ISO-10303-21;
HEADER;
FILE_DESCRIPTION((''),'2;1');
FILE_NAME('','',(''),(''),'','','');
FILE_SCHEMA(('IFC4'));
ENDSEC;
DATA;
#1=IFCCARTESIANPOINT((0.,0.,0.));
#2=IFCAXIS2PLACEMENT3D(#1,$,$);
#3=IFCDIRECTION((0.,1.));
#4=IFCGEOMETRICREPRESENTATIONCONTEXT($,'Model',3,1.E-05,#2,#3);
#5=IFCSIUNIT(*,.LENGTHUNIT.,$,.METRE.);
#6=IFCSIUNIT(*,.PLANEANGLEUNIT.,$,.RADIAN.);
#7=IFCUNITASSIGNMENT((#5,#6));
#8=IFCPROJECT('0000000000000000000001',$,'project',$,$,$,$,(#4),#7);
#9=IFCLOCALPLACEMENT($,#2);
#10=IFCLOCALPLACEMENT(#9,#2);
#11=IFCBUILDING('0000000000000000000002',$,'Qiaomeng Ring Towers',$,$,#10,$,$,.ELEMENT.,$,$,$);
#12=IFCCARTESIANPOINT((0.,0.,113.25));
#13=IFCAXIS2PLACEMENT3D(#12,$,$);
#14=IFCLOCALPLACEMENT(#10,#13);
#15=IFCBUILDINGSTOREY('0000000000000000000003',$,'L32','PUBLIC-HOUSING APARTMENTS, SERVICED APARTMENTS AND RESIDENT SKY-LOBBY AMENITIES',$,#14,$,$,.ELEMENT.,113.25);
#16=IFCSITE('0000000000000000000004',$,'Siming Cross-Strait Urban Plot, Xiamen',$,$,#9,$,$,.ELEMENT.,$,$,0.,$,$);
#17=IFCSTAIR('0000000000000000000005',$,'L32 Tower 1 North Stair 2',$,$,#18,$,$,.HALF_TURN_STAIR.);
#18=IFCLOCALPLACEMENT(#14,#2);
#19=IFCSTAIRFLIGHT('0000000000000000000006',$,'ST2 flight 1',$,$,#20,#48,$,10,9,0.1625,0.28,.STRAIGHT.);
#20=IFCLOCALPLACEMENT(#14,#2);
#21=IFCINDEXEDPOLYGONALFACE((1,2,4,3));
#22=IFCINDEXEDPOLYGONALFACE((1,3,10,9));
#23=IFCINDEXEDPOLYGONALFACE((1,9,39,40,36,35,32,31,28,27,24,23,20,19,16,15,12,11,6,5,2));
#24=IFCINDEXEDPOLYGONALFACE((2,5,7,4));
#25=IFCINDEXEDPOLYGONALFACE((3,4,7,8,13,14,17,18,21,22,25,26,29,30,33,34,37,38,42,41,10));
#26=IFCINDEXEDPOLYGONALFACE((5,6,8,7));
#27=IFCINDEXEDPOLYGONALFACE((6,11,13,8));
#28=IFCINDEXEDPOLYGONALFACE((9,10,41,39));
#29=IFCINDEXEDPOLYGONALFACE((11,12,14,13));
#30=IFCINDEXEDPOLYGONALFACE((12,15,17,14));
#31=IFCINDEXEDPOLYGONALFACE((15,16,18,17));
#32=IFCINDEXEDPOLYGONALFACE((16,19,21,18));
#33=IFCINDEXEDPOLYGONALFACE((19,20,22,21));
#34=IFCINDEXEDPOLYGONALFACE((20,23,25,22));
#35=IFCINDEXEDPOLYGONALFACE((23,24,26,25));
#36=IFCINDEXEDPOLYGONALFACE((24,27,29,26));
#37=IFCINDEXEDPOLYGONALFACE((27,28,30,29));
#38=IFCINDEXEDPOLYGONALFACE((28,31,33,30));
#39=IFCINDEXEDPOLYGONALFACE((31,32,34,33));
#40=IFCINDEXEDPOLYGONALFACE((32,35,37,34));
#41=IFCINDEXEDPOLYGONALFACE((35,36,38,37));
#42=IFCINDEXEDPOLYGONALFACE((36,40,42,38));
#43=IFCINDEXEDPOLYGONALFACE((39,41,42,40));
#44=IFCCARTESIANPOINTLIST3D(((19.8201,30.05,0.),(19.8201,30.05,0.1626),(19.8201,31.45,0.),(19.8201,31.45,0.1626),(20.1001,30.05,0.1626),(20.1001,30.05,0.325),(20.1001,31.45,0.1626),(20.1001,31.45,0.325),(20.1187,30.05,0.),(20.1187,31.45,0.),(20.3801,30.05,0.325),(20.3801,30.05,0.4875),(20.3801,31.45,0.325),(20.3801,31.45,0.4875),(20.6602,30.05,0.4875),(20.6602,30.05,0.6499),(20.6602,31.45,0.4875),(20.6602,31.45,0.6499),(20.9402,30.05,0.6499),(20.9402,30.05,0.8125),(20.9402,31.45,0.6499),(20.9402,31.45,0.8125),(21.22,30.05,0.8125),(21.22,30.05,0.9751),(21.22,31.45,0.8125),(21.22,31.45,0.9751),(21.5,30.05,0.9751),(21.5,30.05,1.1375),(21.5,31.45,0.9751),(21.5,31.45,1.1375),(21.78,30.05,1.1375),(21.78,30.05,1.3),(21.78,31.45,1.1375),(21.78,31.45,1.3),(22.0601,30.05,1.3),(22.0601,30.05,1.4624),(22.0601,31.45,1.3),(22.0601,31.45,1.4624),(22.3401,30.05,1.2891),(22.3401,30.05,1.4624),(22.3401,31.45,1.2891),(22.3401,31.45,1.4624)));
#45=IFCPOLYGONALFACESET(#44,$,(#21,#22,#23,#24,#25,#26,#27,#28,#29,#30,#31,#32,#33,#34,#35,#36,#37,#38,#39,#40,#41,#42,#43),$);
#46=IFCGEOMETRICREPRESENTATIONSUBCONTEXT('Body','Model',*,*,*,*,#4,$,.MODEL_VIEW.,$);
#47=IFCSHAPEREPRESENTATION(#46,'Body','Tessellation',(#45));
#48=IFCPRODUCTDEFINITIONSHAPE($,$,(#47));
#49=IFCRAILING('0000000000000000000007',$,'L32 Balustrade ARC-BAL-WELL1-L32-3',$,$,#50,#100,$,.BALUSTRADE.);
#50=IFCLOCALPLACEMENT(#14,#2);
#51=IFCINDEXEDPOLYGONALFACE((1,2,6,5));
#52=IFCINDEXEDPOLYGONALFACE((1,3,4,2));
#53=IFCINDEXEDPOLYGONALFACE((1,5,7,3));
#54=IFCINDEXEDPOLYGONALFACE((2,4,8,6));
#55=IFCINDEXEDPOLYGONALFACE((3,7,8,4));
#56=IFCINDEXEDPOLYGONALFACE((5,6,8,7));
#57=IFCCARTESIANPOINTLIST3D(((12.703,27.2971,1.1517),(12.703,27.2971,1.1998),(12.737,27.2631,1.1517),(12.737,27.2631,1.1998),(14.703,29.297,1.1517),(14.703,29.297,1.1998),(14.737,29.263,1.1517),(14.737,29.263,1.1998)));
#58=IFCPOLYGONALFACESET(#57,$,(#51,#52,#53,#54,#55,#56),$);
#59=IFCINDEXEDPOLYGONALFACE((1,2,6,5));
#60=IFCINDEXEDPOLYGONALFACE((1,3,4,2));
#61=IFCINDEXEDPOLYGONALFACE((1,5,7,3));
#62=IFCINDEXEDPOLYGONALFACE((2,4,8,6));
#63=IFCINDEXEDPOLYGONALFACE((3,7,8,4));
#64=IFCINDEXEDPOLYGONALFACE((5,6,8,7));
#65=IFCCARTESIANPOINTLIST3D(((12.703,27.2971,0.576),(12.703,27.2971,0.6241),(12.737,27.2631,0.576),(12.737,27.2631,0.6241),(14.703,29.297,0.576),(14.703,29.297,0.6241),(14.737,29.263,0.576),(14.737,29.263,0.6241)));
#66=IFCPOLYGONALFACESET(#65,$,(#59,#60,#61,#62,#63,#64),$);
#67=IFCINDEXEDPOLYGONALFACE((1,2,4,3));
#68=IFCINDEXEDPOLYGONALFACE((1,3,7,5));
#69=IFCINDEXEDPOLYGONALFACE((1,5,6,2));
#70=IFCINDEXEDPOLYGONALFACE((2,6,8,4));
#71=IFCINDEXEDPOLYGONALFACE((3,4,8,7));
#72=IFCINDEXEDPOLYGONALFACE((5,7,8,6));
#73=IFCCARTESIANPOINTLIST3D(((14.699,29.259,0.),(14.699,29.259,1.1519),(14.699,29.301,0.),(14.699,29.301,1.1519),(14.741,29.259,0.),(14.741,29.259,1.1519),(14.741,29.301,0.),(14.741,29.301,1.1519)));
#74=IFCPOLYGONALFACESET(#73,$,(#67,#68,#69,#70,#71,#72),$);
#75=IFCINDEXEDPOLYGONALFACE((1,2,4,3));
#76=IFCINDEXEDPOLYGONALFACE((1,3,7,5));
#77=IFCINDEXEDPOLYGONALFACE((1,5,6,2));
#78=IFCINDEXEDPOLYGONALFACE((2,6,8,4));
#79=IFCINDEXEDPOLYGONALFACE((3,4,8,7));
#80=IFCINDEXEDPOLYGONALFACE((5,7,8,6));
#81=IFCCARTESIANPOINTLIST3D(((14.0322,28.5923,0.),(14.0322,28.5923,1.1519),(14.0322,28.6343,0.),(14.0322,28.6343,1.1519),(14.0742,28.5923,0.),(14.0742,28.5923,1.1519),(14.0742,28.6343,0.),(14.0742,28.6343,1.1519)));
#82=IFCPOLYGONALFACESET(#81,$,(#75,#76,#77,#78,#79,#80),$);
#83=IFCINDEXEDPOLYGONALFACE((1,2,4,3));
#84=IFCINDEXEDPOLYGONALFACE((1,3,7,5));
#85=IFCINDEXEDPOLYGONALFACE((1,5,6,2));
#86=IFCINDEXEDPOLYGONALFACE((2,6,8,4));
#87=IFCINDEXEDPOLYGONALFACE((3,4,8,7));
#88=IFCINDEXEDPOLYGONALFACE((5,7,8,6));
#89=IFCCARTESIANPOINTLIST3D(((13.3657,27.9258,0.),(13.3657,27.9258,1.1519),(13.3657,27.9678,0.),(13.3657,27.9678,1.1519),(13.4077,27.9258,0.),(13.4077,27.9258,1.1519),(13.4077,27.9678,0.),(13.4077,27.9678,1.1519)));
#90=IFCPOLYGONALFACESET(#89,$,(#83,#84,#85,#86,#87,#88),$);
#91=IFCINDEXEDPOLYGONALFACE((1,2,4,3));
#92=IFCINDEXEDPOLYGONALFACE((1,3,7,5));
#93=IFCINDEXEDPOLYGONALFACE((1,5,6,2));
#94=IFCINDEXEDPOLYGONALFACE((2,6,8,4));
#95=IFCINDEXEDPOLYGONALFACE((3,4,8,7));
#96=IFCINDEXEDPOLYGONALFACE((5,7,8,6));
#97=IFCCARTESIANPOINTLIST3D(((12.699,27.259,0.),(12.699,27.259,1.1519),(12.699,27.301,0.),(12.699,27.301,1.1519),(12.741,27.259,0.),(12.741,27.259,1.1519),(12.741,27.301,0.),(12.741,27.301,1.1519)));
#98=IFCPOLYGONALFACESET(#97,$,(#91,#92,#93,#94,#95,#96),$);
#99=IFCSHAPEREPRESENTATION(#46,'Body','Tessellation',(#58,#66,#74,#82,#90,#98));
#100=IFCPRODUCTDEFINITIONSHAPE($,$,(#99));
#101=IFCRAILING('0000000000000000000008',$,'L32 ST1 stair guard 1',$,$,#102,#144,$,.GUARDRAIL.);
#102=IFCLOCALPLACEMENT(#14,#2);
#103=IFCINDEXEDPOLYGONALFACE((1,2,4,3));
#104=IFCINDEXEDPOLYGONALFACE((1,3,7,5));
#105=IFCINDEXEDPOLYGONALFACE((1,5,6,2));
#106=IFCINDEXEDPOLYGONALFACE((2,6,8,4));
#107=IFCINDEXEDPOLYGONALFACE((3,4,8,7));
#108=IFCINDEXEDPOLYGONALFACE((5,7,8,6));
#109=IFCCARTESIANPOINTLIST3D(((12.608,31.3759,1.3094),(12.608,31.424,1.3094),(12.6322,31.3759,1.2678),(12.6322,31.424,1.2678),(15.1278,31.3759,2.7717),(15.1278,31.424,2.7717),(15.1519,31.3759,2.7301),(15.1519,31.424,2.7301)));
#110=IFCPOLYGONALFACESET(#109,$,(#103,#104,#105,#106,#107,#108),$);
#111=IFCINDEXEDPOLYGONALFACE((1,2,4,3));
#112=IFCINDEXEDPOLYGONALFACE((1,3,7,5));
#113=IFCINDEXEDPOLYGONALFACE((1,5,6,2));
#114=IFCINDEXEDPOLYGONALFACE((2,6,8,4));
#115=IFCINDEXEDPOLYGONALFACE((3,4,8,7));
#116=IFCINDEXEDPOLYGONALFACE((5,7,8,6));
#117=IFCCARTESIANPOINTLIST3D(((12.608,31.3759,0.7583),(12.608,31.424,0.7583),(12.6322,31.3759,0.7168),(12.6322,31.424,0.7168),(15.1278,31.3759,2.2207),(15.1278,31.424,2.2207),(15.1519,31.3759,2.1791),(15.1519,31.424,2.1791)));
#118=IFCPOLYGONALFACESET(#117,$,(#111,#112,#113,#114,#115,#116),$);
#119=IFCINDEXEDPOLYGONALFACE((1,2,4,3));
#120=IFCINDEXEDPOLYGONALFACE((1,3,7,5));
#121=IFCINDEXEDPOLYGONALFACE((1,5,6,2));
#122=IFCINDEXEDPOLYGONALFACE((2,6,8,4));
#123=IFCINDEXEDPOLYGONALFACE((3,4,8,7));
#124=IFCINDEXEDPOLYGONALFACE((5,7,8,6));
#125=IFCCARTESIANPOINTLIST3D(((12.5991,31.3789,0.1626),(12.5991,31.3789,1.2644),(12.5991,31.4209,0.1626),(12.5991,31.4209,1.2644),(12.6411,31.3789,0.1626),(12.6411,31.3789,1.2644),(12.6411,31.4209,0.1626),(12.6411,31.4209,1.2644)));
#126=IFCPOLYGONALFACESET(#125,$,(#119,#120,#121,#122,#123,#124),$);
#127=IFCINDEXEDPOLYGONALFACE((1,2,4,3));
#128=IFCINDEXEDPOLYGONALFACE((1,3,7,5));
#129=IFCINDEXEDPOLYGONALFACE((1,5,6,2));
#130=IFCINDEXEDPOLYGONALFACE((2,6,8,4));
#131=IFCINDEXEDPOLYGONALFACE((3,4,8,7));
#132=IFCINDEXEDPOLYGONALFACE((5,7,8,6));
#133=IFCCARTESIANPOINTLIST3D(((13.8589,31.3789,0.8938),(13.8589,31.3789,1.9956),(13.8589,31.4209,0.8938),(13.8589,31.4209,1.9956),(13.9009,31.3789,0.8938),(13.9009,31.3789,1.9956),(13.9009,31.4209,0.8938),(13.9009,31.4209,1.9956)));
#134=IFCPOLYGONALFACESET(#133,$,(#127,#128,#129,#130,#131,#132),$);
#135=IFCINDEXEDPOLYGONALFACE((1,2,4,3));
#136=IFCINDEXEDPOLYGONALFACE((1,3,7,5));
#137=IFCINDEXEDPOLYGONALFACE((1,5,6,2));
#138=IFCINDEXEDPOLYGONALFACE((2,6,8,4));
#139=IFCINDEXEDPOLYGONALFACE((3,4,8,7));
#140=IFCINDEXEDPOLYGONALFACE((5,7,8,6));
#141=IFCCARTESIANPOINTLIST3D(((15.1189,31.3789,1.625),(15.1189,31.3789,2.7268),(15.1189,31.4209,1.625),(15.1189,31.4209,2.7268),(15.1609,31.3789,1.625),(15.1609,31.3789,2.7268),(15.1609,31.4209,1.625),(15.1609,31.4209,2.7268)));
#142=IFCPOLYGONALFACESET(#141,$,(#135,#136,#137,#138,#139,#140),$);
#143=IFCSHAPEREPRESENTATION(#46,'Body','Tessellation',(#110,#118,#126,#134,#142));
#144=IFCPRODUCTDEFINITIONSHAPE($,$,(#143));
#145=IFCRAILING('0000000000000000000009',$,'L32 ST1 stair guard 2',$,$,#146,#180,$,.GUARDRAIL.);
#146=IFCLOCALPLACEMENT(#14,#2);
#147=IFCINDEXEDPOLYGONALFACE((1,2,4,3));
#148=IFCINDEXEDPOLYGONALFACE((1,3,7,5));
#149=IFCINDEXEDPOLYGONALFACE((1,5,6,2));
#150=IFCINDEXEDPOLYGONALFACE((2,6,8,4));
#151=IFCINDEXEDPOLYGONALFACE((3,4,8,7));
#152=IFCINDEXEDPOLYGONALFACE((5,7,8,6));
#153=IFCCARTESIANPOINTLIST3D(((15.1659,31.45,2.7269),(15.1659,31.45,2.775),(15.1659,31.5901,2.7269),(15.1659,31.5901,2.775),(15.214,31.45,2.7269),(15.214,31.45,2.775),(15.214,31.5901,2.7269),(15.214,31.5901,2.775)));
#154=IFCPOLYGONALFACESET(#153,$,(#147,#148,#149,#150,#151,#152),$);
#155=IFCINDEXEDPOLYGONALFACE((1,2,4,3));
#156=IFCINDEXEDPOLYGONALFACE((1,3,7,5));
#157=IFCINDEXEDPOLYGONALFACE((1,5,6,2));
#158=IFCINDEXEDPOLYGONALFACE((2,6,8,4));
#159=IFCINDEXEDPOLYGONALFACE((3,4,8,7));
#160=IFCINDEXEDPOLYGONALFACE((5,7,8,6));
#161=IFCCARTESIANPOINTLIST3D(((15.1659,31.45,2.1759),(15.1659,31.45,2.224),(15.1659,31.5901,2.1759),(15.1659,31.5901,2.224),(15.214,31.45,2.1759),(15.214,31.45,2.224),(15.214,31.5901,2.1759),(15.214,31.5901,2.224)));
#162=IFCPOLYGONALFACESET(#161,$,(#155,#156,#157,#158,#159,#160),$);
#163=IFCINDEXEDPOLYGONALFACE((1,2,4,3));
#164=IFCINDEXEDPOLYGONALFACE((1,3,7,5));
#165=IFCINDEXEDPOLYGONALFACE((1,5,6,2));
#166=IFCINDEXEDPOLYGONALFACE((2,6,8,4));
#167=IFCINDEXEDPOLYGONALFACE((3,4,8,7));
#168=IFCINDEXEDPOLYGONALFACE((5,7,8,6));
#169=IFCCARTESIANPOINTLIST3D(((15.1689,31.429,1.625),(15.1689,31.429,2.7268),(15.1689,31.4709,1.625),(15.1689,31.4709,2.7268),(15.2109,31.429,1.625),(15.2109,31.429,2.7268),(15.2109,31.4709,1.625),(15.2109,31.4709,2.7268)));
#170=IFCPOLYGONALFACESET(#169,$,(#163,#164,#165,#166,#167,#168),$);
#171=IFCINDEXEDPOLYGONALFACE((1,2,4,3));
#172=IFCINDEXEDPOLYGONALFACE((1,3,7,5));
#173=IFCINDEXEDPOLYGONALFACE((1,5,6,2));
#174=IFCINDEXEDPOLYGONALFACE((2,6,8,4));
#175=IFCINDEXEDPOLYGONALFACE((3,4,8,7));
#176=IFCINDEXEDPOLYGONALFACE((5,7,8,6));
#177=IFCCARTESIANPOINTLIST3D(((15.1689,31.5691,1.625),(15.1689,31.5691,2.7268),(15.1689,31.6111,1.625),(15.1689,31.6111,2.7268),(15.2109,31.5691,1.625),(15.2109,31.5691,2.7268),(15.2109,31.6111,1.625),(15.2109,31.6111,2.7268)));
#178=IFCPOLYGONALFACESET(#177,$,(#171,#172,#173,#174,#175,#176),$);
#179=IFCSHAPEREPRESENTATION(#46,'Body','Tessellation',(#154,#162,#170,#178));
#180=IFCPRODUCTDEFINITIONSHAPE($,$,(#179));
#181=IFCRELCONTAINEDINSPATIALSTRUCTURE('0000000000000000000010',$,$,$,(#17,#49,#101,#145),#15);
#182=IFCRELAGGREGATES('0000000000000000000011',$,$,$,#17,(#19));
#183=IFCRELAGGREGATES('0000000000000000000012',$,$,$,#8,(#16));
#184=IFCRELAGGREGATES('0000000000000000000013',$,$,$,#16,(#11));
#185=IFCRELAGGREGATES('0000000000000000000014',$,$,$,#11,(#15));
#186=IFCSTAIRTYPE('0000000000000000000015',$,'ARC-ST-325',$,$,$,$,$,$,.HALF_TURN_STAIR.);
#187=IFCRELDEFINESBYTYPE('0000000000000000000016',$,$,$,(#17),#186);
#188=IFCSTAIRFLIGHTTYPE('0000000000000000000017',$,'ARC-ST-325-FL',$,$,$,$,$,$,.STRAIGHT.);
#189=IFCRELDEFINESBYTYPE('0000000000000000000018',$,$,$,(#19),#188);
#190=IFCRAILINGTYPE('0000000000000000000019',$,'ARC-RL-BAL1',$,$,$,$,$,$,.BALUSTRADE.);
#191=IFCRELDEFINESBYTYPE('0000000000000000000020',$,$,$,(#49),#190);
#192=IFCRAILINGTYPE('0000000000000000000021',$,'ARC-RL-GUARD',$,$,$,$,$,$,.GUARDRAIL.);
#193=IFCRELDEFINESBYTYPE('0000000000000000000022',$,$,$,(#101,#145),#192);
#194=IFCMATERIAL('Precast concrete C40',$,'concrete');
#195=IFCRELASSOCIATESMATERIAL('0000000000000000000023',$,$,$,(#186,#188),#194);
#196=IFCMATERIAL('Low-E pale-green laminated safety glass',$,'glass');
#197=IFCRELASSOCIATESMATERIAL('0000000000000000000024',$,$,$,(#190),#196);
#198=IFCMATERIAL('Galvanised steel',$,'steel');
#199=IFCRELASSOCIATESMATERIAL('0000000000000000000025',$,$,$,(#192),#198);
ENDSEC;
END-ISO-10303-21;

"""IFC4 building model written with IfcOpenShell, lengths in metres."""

from ifc_helpers import new_model, si_unit, direction, frame, origin, origin_2d, place, context, subcontext, project, spatial, polyline, rectangle, outline, extrude, source, transform, mapped, material, type_object, element, aggregate, save


model = new_model("IFC4")

# Units and contexts
model_context = context("Model", 3, precision=1e-05, world=origin(), true_north=direction((0.0, 1.0)))
body_context = subcontext(model_context, "Body", "Model", "MODEL_VIEW")
ifc_project = project(units=[si_unit("LENGTHUNIT", "METRE"), si_unit("PLANEANGLEUNIT", "RADIAN")], contexts=[model_context])

# Site, building, storey
site_placement = place(None, origin())
site = spatial("IfcSite", under=ifc_project, at=site_placement, Name="Siming Cross-Strait Urban Plot, Xiamen", CompositionType="ELEMENT", RefElevation=0.0)
building_placement = place(site_placement, origin())
building = spatial("IfcBuilding", under=site, at=building_placement, Name="Qiaomeng Ring Towers", CompositionType="ELEMENT")
storey_placement = place(building_placement, frame((0.0, 0.0, 113.25)))
storey = spatial("IfcBuildingStorey", under=building, at=storey_placement, Name="L32", Description="PUBLIC-HOUSING APARTMENTS, SERVICED APARTMENTS AND RESIDENT SKY-LOBBY AMENITIES", CompositionType="ELEMENT", Elevation=113.25)

# Stair, stair flight
ifc_material_1 = material(Name="Precast concrete C40", Category="concrete")
stair_type = type_object("IfcStairType", Name="ARC-ST-325", PredefinedType="HALF_TURN_STAIR", material=ifc_material_1)
stair_flight_type = type_object("IfcStairFlightType", Name="ARC-ST-325-FL", PredefinedType="STRAIGHT", material=ifc_material_1)
shared_shape_1 = source(origin(), body_context, "Body", "SweptSolid", [
    extrude(outline(polyline([(0.0, 0.0), (0.0, 0.1626), (0.28, 0.1626), (0.28, 0.325), (0.5601, 0.325), (0.5601, 0.4875), (0.8401, 0.4875), (0.8401, 0.6499), (1.1201, 0.6499), (1.1201, 0.8125), (1.3999, 0.8125), (1.3999, 0.9751), (1.6799, 0.9751), (1.6799, 1.1375), (1.96, 1.1375), (1.96, 1.3), (2.24, 1.3), (2.24, 1.4624), (2.52, 1.4624), (2.52, 1.625), (2.52, 1.2891), (0.2986, 0.0), (0.0, 0.0)])), frame((0.0, 0.7, 0.0), z_axis=(0.0, -1.0, 0.0), x_axis=(1.0, 0.0, 0.0)), (0.0, 0.0, 1.0), 1.3999),
])
stair_1_placement = place(storey_placement, origin())
stair_1 = element("IfcStair", 1, at=stair_1_placement, inside=storey, type_object=stair_type, Name="L32 Tower 1 North Stair 2", PredefinedType="HALF_TURN_STAIR")
stair_flight_1_placement = place(storey_placement, frame((19.8201, 30.75, 0.0), z_axis=(0.0, 0.0, 1.0), x_axis=(1.0, 0.0, 0.0)))
stair_flight_1 = element("IfcStairFlight", 2, at=stair_flight_1_placement, type_object=stair_flight_type, Name="ST2 flight 1", NumberOfRisers=10, NumberOfTreads=9, PredefinedType="STRAIGHT", RiserHeight=0.1625, TreadLength=0.28, context=body_context, shape_type="MappedRepresentation", body=[
    mapped(shared_shape_1, transform((0.0, 0.0, 0.0), x_axis=(1.0, 0.0, 0.0), y_axis=(0.0, 1.0, 0.0), z_axis=(0.0, 0.0, 1.0), scale=1.0)),
])
aggregate(stair_1, [stair_flight_1])

# Railings
ifc_material_2 = material(Name="Low-E pale-green laminated safety glass", Category="glass")
railing_type_1 = type_object("IfcRailingType", Name="ARC-RL-BAL1", PredefinedType="BALUSTRADE", material=ifc_material_2)
railing_1_placement = place(storey_placement, frame((14.72, 29.28, 0.0)))
element("IfcRailing", 3, at=railing_1_placement, inside=storey, type_object=railing_type_1, Name="L32 Balustrade ARC-BAL-WELL1-L32-3", PredefinedType="BALUSTRADE", context=body_context, shape_type="SweptSolid", body=[
    extrude(rectangle(XDim=0.0481, YDim=0.0481, at=origin_2d()), frame((0.0, 0.0, 1.1758), z_axis=(-0.707107, -0.707107, 0.0), x_axis=(0.707107, -0.707107, 0.0)), (0.0, 0.0, 1.0), 2.8284),
    extrude(rectangle(XDim=0.0481, YDim=0.0481, at=origin_2d()), frame((0.0, 0.0, 0.6001), z_axis=(-0.707107, -0.707107, 0.0), x_axis=(0.707107, -0.707107, 0.0)), (0.0, 0.0, 1.0), 2.8284),
    extrude(rectangle(XDim=0.042, YDim=0.042, at=origin_2d()), origin(), (0.0, 0.0, 1.0), 1.1519),
    extrude(rectangle(XDim=0.042, YDim=0.042, at=origin_2d()), frame((-0.6667, -0.6667, 0.0)), (0.0, 0.0, 1.0), 1.1519),
    extrude(rectangle(XDim=0.042, YDim=0.042, at=origin_2d()), frame((-1.3333, -1.3333, 0.0)), (0.0, 0.0, 1.0), 1.1519),
    extrude(rectangle(XDim=0.042, YDim=0.042, at=origin_2d()), frame((-2.0, -2.0, 0.0)), (0.0, 0.0, 1.0), 1.1519),
])
ifc_material_3 = material(Name="Galvanised steel", Category="steel")
railing_type_2 = type_object("IfcRailingType", Name="ARC-RL-GUARD", PredefinedType="GUARDRAIL", material=ifc_material_3)
railing_2_placement = place(storey_placement, frame((12.6201, 31.3999, 0.1626)))
element("IfcRailing", 4, at=railing_2_placement, inside=storey, type_object=railing_type_2, Name="L32 ST1 stair guard 1", PredefinedType="GUARDRAIL", context=body_context, shape_type="SweptSolid", body=[
    extrude(rectangle(XDim=0.0481, YDim=0.0481, at=origin_2d()), frame((0.0, 0.0, 1.126), z_axis=(0.864892, 0.0, 0.501958), x_axis=(0.0, 1.0, 0.0)), (0.0, 0.0, 1.0), 2.9133),
    extrude(rectangle(XDim=0.0481, YDim=0.0481, at=origin_2d()), frame((0.0, 0.0, 0.575), z_axis=(0.864892, 0.0, 0.501958), x_axis=(0.0, 1.0, 0.0)), (0.0, 0.0, 1.0), 2.9133),
    extrude(rectangle(XDim=0.042, YDim=0.042, at=origin_2d()), origin(), (0.0, 0.0, 1.0), 1.1018),
    extrude(rectangle(XDim=0.042, YDim=0.042, at=origin_2d()), frame((1.2598, 0.0, 0.7312)), (0.0, 0.0, 1.0), 1.1018),
    extrude(rectangle(XDim=0.042, YDim=0.042, at=origin_2d()), frame((2.5198, 0.0, 1.4624)), (0.0, 0.0, 1.0), 1.1018),
])
railing_3_placement = place(storey_placement, frame((15.1899, 31.45, 1.625)))
element("IfcRailing", 5, at=railing_3_placement, inside=storey, type_object=railing_type_2, Name="L32 ST1 stair guard 2", PredefinedType="GUARDRAIL", context=body_context, shape_type="SweptSolid", body=[
    extrude(rectangle(XDim=0.0481, YDim=0.0481, at=origin_2d()), frame((0.0, 0.0, 1.126), z_axis=(0.0, 1.0, 0.0), x_axis=(-1.0, 0.0, 0.0)), (0.0, 0.0, 1.0), 0.1401),
    extrude(rectangle(XDim=0.0481, YDim=0.0481, at=origin_2d()), frame((0.0, 0.0, 0.575), z_axis=(0.0, 1.0, 0.0), x_axis=(-1.0, 0.0, 0.0)), (0.0, 0.0, 1.0), 0.1401),
    extrude(rectangle(XDim=0.042, YDim=0.042, at=origin_2d()), origin(), (0.0, 0.0, 1.0), 1.1018),
    extrude(rectangle(XDim=0.042, YDim=0.042, at=origin_2d()), frame((0.0, 0.1401, 0.0)), (0.0, 0.0, 1.0), 1.1018),
])

save(model, "model.ifc")
